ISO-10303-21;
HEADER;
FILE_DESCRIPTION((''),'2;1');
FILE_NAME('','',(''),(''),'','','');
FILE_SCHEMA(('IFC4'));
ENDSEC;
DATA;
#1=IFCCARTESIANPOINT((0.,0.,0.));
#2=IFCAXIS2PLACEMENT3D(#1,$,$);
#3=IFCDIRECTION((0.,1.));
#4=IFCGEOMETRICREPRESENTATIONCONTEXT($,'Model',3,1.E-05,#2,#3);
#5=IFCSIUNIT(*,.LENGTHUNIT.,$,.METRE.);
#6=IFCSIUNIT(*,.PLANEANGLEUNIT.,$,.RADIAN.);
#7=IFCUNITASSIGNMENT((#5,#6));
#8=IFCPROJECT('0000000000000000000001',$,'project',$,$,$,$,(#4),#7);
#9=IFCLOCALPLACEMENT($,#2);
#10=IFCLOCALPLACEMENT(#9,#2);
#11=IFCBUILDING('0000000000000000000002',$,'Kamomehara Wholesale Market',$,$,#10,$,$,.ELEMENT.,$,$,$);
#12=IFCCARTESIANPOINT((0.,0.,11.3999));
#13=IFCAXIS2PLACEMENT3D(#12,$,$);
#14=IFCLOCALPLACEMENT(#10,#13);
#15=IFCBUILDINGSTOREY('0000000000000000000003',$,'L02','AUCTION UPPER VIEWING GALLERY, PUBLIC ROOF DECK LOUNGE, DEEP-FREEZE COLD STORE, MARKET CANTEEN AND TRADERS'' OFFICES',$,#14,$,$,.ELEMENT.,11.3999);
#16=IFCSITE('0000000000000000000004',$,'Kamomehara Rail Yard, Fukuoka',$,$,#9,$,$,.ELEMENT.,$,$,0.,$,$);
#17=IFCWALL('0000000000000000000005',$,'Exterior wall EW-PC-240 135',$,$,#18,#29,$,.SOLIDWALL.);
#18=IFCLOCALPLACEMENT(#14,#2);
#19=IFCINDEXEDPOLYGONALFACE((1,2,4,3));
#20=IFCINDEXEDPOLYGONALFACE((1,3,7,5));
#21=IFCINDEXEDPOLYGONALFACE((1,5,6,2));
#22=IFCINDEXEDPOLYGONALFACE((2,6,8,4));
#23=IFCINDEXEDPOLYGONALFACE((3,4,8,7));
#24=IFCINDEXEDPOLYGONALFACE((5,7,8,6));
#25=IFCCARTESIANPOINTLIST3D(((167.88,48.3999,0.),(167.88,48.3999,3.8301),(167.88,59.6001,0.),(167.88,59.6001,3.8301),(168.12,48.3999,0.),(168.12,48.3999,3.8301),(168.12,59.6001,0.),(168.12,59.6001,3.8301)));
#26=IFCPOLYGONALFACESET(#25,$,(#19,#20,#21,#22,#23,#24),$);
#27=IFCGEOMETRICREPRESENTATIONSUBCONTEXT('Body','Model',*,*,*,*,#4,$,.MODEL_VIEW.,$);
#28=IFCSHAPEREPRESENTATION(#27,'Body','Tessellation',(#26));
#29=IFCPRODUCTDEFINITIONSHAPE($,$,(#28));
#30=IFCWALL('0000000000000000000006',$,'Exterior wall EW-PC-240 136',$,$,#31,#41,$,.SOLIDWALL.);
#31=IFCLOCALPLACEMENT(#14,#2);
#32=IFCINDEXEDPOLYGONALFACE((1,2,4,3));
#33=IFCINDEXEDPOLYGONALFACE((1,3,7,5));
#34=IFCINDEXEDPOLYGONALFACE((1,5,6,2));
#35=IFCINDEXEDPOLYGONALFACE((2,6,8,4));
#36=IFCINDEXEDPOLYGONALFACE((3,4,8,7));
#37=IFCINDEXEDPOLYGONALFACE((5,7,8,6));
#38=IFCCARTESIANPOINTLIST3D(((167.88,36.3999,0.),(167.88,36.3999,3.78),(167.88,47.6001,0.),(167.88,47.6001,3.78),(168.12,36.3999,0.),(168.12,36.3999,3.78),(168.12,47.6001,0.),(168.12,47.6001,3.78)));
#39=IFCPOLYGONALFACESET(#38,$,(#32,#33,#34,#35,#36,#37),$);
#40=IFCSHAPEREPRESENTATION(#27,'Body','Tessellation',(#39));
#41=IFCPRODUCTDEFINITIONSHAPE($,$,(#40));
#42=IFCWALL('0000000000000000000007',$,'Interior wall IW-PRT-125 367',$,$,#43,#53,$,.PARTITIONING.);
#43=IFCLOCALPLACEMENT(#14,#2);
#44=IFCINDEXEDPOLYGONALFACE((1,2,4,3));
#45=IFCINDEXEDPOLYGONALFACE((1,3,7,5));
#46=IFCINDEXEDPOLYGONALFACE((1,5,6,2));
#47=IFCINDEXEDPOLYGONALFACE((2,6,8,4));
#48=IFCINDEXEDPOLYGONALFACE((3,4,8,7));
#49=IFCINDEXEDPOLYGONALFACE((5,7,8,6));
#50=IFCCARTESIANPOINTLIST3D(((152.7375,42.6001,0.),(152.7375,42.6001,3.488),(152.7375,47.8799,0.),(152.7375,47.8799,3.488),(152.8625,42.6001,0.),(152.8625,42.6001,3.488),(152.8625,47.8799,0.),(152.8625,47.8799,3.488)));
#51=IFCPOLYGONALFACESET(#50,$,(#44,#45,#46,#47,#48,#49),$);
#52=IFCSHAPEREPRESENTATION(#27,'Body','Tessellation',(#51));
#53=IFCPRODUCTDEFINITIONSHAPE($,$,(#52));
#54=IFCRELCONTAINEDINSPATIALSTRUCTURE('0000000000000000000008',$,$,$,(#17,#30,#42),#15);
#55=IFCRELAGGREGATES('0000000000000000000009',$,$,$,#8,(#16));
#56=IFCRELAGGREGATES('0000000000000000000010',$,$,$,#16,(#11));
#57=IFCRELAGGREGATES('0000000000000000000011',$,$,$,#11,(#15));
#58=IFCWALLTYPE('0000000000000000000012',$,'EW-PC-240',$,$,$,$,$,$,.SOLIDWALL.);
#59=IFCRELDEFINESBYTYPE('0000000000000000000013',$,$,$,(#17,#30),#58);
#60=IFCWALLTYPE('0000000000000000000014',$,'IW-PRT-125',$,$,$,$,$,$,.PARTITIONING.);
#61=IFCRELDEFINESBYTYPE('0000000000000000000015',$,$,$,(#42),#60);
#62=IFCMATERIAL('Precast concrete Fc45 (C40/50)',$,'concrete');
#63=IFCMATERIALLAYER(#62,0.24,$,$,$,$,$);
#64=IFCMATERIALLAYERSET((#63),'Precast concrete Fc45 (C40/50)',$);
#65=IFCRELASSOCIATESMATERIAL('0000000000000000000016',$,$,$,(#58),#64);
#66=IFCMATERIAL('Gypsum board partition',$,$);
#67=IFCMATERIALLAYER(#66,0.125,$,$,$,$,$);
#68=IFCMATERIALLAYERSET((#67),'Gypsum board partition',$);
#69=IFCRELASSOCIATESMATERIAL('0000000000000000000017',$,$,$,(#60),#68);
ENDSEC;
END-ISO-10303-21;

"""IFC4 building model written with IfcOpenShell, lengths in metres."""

from ifc_helpers import new_model, si_unit, direction, frame, frame_2d, origin, place, context, subcontext, project, spatial, rectangle, extrude, material, layer, layer_set, type_object, element, save


model = new_model("IFC4")

# Units and contexts
model_context = context("Model", 3, precision=1e-05, world=origin(), true_north=direction((0.0, 1.0)))
body_context = subcontext(model_context, "Body", "Model", "MODEL_VIEW")
ifc_project = project(units=[si_unit("LENGTHUNIT", "METRE"), si_unit("PLANEANGLEUNIT", "RADIAN")], contexts=[model_context])

# Site, building, storey
site_placement = place(None, origin())
site = spatial("IfcSite", under=ifc_project, at=site_placement, Name="Kamomehara Rail Yard, Fukuoka", CompositionType="ELEMENT", RefElevation=0.0)
building_placement = place(site_placement, origin())
building = spatial("IfcBuilding", under=site, at=building_placement, Name="Kamomehara Wholesale Market", CompositionType="ELEMENT")
storey_placement = place(building_placement, frame((0.0, 0.0, 11.3999)))
storey = spatial("IfcBuildingStorey", under=building, at=storey_placement, Name="L02", Description="AUCTION UPPER VIEWING GALLERY, PUBLIC ROOF DECK LOUNGE, DEEP-FREEZE COLD STORE, MARKET CANTEEN AND TRADERS' OFFICES", CompositionType="ELEMENT", Elevation=11.3999)

# Shared definitions
ifc_material_1 = material(Name="Precast concrete Fc45 (C40/50)", Category="concrete")
ifc_layer_1 = layer(ifc_material_1, 0.24)
ifc_layer_set_1 = layer_set([ifc_layer_1], Name="Precast concrete Fc45 (C40/50)")
wall_type_1 = type_object("IfcWallType", Name="EW-PC-240", PredefinedType="SOLIDWALL", material=ifc_layer_set_1)

# Walls
wall_1_placement = place(storey_placement, frame((168.0, 48.3999, 0.0), z_axis=(0.0, 0.0, 1.0), x_axis=(0.0, 1.0, 0.0)))
element("IfcWall", 1, at=wall_1_placement, inside=storey, type_object=wall_type_1, Name="Exterior wall EW-PC-240 135", PredefinedType="SOLIDWALL", context=body_context, shape_type="SweptSolid", body=[
    extrude(rectangle(XDim=11.2002, YDim=0.24, at=frame_2d((5.6001, 0.0))), origin(), (0.0, 0.0, 1.0), 3.8301),
])
wall_2_placement = place(storey_placement, frame((168.0, 36.3999, 0.0), z_axis=(0.0, 0.0, 1.0), x_axis=(0.0, 1.0, 0.0)))
element("IfcWall", 2, at=wall_2_placement, inside=storey, type_object=wall_type_1, Name="Exterior wall EW-PC-240 136", PredefinedType="SOLIDWALL", context=body_context, shape_type="SweptSolid", body=[
    extrude(rectangle(XDim=11.2002, YDim=0.24, at=frame_2d((5.6001, 0.0))), origin(), (0.0, 0.0, 1.0), 3.78),
])
ifc_material_2 = material(Name="Gypsum board partition")
ifc_layer_2 = layer(ifc_material_2, 0.125)
ifc_layer_set_2 = layer_set([ifc_layer_2], Name="Gypsum board partition")
wall_type_2 = type_object("IfcWallType", Name="IW-PRT-125", PredefinedType="PARTITIONING", material=ifc_layer_set_2)
wall_3_placement = place(storey_placement, frame((152.8, 42.6001, 0.0), z_axis=(0.0, 0.0, 1.0), x_axis=(0.0, 1.0, 0.0)))
element("IfcWall", 3, at=wall_3_placement, inside=storey, type_object=wall_type_2, Name="Interior wall IW-PRT-125 367", PredefinedType="PARTITIONING", context=body_context, shape_type="SweptSolid", body=[
    extrude(rectangle(XDim=5.2798, YDim=0.125, at=frame_2d((2.6399, 0.0))), origin(), (0.0, 0.0, 1.0), 3.488),
])

save(model, "model.ifc")
